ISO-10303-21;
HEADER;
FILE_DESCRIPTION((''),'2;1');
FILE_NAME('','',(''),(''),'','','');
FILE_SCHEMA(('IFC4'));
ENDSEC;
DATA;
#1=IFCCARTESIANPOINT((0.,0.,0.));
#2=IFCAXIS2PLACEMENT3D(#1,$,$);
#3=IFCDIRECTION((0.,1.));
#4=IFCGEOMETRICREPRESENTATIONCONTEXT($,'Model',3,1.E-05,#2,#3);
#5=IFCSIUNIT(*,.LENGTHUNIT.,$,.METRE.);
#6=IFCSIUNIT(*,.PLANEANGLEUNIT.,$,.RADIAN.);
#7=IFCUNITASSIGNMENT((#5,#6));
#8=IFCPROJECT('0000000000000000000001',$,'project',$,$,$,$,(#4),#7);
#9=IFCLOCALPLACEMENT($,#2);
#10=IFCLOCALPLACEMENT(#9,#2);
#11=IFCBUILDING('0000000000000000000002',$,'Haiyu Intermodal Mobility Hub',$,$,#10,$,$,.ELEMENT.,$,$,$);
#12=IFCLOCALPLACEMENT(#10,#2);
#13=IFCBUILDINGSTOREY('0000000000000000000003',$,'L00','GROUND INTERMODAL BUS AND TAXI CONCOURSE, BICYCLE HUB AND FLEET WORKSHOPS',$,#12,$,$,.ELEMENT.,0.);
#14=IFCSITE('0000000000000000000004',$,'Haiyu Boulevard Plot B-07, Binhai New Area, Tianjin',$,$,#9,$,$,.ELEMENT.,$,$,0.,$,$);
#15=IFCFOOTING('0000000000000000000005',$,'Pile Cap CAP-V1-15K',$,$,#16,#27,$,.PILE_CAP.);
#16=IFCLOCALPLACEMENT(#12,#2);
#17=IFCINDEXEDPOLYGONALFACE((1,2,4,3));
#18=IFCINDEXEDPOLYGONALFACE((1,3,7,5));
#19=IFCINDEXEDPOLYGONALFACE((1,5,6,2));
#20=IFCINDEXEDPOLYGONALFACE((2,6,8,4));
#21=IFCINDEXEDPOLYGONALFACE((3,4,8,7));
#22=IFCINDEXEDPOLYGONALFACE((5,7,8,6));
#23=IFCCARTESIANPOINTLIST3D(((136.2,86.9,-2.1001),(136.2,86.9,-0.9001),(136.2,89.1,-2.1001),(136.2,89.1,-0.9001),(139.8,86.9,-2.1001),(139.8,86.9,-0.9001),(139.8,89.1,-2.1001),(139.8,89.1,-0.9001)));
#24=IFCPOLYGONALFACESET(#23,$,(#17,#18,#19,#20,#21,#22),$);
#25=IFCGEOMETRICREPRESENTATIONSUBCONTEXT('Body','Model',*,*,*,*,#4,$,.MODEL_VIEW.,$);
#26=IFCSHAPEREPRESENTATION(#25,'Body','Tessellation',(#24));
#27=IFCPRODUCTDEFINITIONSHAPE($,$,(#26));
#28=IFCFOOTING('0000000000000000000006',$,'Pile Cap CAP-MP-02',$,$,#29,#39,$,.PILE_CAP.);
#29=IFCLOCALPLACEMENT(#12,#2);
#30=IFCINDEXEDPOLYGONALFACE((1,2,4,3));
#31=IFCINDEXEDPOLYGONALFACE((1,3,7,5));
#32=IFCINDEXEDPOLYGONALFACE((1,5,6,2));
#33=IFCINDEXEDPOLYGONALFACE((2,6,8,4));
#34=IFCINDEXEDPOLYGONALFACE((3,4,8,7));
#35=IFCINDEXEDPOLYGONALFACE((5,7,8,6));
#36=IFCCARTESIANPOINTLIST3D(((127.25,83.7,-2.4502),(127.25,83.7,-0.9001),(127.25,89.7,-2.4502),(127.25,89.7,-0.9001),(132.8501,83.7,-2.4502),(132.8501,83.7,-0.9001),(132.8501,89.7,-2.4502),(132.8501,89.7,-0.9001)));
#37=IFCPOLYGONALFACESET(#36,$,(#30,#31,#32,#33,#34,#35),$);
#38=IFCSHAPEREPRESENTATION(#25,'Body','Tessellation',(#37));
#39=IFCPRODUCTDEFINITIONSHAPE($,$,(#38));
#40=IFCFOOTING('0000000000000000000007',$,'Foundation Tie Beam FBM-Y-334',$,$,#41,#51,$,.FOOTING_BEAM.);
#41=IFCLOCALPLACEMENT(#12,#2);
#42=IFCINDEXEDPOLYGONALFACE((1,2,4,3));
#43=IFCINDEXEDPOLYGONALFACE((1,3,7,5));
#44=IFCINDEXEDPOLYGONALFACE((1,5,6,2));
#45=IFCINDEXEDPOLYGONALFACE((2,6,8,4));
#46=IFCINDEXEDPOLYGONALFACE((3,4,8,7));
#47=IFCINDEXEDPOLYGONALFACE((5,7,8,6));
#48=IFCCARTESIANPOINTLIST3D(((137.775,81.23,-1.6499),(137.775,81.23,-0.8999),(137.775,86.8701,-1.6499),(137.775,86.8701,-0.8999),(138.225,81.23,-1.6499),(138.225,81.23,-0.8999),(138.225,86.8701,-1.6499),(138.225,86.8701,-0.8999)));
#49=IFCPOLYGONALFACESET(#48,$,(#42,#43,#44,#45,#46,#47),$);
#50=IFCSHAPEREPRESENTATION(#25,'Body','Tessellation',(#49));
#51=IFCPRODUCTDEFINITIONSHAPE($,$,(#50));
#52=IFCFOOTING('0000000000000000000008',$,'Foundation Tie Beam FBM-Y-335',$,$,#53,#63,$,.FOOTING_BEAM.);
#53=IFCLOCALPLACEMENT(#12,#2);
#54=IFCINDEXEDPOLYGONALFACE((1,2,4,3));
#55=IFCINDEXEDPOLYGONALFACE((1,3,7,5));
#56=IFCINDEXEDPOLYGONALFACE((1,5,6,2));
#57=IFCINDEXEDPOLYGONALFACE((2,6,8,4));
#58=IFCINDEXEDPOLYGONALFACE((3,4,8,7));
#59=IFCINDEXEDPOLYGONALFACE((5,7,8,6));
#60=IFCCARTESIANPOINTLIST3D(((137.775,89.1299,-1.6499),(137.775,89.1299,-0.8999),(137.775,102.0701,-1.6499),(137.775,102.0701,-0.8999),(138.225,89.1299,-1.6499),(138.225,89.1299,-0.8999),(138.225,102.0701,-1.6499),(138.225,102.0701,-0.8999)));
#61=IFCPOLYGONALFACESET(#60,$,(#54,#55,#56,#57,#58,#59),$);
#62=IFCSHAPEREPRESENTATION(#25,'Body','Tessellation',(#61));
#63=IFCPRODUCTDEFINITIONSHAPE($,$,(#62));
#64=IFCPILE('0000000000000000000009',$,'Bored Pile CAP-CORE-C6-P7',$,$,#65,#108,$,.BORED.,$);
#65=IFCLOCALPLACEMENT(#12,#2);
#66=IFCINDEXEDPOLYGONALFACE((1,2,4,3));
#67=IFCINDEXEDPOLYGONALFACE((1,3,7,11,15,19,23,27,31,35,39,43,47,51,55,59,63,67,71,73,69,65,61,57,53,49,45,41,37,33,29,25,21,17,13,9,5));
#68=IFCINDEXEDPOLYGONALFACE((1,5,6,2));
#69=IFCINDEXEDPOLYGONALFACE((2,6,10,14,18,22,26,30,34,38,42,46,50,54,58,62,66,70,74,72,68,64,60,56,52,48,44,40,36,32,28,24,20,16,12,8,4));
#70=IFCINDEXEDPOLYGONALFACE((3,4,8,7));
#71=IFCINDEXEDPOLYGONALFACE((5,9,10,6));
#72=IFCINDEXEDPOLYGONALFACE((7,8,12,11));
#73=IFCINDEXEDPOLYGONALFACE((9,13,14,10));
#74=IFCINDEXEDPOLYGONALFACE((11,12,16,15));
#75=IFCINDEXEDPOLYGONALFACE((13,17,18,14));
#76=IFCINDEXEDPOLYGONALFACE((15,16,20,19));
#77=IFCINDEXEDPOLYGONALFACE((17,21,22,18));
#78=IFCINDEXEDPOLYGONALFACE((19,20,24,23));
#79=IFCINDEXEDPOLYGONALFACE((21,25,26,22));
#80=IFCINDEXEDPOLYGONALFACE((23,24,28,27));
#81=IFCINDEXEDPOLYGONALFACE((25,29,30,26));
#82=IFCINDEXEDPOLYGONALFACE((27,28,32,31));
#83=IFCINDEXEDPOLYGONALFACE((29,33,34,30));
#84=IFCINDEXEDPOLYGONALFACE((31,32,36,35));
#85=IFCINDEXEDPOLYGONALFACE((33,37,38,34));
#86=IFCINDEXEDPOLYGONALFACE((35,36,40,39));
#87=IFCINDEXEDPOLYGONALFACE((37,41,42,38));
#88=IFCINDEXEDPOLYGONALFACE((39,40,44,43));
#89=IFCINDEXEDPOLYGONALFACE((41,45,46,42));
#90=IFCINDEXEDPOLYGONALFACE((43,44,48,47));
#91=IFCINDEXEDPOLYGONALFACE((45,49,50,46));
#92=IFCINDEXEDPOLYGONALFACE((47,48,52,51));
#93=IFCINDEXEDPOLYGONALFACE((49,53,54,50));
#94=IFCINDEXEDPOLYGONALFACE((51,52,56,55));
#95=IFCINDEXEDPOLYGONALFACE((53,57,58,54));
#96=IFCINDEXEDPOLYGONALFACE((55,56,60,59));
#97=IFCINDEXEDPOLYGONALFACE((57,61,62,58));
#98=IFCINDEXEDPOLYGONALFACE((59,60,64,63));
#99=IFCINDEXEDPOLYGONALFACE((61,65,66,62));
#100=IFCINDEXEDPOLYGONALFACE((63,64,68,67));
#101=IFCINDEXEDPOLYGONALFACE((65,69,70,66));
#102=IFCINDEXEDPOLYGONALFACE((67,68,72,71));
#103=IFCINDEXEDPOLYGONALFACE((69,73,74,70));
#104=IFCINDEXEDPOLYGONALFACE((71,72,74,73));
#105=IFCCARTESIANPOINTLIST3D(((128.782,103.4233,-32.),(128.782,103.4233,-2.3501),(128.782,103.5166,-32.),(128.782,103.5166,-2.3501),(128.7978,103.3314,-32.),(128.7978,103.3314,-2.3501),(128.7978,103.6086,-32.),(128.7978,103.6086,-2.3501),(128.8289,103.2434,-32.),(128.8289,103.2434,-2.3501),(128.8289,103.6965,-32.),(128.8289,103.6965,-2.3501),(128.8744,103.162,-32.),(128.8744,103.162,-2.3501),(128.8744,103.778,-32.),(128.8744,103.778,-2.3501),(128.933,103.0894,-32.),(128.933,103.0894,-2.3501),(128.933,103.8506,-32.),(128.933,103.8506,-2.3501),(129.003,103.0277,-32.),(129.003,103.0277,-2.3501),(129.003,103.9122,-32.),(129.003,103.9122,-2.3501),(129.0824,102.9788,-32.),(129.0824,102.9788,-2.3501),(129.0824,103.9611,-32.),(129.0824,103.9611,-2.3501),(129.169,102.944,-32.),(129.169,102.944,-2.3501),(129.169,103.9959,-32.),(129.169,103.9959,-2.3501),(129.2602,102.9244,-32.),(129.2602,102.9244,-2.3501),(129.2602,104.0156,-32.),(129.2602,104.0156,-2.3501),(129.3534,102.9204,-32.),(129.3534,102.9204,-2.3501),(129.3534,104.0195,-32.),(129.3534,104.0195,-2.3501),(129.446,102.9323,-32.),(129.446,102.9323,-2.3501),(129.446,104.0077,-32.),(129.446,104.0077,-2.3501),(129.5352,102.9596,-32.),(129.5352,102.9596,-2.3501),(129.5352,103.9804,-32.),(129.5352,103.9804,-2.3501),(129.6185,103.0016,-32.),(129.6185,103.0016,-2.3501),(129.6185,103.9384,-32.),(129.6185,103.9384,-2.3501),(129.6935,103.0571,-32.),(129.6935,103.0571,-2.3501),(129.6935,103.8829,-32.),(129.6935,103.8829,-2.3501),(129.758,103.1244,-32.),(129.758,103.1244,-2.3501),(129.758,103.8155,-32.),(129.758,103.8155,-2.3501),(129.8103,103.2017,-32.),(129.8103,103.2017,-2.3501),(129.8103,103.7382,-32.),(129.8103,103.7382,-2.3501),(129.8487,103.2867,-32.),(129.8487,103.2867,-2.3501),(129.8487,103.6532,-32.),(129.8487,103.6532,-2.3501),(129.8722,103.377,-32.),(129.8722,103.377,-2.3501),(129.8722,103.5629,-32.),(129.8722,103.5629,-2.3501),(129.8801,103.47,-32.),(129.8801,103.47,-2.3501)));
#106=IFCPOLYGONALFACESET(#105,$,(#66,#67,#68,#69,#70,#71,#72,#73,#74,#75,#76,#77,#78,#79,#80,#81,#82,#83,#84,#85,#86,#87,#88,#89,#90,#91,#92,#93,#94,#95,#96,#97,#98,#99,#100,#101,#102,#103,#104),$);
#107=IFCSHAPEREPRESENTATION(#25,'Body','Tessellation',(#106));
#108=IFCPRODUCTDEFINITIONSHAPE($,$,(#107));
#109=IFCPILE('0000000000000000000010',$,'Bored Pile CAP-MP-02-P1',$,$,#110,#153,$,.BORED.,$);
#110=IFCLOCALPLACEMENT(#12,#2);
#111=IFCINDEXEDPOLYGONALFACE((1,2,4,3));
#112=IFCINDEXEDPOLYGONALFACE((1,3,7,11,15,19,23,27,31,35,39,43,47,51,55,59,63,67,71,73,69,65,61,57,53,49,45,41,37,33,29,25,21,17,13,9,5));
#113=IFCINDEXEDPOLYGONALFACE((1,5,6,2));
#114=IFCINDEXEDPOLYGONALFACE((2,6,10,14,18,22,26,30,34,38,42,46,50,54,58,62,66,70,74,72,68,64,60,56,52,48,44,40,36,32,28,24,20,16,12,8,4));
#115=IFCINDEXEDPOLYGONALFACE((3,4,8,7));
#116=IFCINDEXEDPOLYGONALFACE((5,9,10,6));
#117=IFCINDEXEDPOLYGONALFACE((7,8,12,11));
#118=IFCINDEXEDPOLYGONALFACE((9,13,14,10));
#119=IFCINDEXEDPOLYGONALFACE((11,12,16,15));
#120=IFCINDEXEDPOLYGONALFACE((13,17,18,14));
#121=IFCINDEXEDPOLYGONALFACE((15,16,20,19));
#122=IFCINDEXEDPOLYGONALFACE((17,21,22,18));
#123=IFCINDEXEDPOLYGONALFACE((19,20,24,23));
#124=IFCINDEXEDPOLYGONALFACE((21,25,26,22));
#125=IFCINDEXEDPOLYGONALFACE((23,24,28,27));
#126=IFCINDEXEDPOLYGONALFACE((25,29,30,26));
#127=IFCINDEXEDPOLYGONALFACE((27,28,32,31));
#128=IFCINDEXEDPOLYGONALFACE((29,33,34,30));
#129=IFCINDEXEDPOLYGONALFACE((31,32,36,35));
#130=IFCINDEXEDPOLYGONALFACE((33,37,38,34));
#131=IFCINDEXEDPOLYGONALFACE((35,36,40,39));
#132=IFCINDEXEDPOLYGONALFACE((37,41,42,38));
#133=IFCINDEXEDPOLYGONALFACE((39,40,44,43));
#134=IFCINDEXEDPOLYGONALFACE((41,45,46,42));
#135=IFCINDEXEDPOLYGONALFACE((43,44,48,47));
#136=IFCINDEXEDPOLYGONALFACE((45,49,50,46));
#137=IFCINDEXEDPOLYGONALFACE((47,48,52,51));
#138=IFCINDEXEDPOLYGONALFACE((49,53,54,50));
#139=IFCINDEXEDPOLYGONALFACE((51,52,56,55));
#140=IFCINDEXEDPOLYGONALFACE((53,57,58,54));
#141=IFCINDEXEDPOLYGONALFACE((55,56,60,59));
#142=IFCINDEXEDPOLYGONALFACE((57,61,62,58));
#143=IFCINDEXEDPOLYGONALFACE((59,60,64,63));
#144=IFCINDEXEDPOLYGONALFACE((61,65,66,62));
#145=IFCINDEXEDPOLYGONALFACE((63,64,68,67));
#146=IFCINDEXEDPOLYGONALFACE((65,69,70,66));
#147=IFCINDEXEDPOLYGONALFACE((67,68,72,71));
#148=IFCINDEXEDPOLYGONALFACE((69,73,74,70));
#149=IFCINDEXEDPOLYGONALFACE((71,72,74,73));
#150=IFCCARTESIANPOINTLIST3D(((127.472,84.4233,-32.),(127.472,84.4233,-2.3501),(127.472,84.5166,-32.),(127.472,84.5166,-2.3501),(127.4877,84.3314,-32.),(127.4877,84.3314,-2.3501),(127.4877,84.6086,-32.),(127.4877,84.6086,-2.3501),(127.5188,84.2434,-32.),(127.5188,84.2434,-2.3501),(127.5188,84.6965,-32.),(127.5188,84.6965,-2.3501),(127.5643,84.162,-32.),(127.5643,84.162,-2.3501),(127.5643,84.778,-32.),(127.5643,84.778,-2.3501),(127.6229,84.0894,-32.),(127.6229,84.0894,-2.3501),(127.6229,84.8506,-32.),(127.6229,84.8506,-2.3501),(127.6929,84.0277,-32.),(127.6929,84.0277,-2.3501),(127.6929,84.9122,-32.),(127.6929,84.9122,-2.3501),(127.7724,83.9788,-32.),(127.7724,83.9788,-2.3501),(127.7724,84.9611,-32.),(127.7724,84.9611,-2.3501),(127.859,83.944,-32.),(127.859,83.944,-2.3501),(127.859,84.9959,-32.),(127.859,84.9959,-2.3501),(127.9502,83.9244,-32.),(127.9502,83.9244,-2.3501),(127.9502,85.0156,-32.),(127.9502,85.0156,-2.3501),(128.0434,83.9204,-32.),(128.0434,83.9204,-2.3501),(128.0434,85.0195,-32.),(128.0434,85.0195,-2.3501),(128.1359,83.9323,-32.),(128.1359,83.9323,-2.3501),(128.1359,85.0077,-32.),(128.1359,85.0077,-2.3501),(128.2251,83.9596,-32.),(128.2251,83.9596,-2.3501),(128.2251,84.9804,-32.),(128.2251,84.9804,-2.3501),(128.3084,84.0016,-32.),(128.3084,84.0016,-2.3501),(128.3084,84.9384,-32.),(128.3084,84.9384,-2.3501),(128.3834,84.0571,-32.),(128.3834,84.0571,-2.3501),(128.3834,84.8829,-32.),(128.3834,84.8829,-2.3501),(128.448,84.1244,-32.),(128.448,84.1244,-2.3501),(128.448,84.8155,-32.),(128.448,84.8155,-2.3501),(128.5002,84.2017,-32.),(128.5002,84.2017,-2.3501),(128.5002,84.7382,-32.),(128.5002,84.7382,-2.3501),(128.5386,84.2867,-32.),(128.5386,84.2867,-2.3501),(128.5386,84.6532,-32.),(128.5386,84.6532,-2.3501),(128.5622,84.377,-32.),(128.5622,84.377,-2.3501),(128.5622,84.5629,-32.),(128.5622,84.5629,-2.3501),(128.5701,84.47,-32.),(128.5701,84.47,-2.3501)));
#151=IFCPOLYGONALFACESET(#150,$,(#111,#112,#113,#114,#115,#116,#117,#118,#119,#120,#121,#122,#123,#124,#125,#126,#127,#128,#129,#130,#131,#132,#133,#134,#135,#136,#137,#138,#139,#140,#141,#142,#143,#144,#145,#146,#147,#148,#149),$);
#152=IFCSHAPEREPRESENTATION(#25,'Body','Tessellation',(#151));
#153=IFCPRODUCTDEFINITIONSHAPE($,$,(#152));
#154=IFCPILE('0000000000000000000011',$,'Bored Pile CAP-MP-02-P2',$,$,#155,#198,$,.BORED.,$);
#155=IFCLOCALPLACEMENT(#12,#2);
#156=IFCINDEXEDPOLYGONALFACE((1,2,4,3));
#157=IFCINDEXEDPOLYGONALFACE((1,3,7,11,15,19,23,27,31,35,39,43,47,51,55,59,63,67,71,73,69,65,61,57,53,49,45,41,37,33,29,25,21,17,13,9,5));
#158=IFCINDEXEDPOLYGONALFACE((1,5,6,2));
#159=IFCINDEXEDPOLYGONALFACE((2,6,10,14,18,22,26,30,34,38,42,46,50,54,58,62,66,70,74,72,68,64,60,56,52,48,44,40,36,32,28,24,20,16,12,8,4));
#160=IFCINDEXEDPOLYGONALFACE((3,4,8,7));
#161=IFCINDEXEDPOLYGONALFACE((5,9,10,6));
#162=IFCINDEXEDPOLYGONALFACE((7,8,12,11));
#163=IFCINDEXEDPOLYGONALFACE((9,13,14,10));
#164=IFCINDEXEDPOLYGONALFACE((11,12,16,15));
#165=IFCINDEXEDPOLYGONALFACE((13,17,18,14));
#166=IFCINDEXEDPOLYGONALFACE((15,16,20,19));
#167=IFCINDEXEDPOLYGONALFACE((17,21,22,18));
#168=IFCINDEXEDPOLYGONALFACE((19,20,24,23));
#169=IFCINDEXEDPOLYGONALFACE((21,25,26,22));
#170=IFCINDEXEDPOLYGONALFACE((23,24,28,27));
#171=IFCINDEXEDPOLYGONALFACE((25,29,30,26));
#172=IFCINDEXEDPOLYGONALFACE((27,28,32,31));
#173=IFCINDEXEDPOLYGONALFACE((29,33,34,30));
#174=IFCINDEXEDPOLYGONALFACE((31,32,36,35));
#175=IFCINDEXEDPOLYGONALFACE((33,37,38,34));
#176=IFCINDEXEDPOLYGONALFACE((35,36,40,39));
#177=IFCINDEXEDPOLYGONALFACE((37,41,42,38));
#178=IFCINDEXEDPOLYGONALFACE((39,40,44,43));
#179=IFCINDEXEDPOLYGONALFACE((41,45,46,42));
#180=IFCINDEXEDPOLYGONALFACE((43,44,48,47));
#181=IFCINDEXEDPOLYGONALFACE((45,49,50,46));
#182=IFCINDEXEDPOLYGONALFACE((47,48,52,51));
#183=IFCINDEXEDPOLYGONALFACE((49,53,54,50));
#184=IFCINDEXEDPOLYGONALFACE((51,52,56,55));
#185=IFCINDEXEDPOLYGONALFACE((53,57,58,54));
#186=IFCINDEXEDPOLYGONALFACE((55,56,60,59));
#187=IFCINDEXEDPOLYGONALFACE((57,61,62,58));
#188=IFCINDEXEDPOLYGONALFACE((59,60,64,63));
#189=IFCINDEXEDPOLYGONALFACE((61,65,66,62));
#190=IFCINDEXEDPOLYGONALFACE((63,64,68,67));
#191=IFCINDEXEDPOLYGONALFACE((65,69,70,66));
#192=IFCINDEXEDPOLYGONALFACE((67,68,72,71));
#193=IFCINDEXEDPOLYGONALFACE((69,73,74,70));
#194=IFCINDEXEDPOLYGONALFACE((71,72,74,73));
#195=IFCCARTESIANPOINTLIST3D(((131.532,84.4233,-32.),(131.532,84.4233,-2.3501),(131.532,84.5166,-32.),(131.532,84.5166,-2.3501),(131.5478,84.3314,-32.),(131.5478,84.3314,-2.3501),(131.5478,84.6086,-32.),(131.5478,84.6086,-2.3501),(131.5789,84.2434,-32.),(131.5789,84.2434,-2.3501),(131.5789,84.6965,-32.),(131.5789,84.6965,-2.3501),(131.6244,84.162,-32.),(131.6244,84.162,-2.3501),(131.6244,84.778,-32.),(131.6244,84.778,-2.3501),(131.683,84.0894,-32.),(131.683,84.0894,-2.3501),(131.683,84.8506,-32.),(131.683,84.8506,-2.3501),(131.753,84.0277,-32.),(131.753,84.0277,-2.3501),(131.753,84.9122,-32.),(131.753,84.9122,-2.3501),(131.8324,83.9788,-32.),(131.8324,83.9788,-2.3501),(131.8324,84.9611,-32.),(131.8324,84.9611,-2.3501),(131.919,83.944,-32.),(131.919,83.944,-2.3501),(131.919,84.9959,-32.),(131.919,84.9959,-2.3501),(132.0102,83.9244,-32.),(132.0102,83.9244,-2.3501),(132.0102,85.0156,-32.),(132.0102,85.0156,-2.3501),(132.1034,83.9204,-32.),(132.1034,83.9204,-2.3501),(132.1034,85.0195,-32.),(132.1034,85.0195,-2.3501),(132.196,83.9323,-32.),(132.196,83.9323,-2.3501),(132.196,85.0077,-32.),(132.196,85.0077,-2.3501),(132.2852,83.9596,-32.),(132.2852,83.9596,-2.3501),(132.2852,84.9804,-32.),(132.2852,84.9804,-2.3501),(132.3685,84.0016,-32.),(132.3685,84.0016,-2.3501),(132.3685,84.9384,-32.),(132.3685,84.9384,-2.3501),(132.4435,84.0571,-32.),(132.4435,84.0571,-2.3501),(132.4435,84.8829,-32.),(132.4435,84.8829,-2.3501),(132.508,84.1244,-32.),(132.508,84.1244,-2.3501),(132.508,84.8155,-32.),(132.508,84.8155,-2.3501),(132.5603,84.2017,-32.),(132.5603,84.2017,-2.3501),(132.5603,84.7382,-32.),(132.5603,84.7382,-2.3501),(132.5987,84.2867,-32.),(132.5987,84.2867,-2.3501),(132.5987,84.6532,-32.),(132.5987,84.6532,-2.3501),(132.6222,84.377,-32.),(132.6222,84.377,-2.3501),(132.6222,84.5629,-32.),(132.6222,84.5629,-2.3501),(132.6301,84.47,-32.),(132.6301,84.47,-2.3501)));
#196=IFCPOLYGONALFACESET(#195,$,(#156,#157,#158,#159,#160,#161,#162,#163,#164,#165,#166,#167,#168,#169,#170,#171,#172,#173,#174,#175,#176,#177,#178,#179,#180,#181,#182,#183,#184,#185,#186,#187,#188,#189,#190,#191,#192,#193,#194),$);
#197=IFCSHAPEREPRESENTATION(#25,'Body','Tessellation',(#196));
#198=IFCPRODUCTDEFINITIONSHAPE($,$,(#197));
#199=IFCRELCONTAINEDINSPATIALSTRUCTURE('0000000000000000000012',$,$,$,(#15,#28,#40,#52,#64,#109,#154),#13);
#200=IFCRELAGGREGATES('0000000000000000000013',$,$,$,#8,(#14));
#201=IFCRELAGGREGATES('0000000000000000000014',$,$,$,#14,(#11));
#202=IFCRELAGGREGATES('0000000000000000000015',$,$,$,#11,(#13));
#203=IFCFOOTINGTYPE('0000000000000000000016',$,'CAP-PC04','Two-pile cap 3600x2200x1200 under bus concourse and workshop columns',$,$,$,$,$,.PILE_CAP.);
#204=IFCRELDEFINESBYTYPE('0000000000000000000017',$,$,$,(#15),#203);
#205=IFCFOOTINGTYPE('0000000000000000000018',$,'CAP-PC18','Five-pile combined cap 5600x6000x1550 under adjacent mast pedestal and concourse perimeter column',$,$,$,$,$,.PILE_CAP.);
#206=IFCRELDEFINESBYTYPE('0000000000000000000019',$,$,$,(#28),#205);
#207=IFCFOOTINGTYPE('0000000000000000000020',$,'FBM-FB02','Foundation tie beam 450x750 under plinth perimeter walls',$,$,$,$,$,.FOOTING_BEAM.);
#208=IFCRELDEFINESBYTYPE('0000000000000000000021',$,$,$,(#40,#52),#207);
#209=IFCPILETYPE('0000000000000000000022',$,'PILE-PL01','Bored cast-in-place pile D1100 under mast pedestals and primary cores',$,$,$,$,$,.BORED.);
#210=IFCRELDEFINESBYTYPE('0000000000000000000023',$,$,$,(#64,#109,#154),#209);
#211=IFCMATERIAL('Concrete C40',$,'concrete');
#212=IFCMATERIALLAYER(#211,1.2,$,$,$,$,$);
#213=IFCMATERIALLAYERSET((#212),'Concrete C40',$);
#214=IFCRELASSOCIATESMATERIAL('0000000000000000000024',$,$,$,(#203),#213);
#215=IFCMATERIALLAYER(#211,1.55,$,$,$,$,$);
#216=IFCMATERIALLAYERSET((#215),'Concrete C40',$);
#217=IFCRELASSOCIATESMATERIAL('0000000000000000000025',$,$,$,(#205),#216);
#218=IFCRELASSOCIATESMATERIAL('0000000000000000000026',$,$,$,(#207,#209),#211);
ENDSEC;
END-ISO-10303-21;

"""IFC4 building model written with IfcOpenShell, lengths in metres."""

from ifc_helpers import new_model, si_unit, direction, frame, origin, origin_2d, place, context, subcontext, project, spatial, rectangle, circle, extrude, material, layer, layer_set, material_profile, profile_set, type_object, element, save


model = new_model("IFC4")

# Units and contexts
model_context = context("Model", 3, precision=1e-05, world=origin(), true_north=direction((0.0, 1.0)))
body_context = subcontext(model_context, "Body", "Model", "MODEL_VIEW")
ifc_project = project(units=[si_unit("LENGTHUNIT", "METRE"), si_unit("PLANEANGLEUNIT", "RADIAN")], contexts=[model_context])

# Site, building, storey
site_placement = place(None, origin())
site = spatial("IfcSite", under=ifc_project, at=site_placement, Name="Haiyu Boulevard Plot B-07, Binhai New Area, Tianjin", CompositionType="ELEMENT", RefElevation=0.0)
building_placement = place(site_placement, origin())
building = spatial("IfcBuilding", under=site, at=building_placement, Name="Haiyu Intermodal Mobility Hub", CompositionType="ELEMENT")
storey_placement = place(building_placement, origin())
storey = spatial("IfcBuildingStorey", under=building, at=storey_placement, Name="L00", Description="GROUND INTERMODAL BUS AND TAXI CONCOURSE, BICYCLE HUB AND FLEET WORKSHOPS", CompositionType="ELEMENT", Elevation=0.0)

# Footings
ifc_material_1 = material(Name="Concrete C40", Category="concrete")
ifc_layer_1 = layer(ifc_material_1, 1.2)
ifc_layer_set_1 = layer_set([ifc_layer_1], Name="Concrete C40")
footing_type_1 = type_object("IfcFootingType", Name="CAP-PC04", Description="Two-pile cap 3600x2200x1200 under bus concourse and workshop columns", PredefinedType="PILE_CAP", material=ifc_layer_set_1)
footing_1_placement = place(storey_placement, frame((138.0, 88.0, -2.1001), z_axis=(0.0, 0.0, 1.0), x_axis=(1.0, 0.0, 0.0)))
element("IfcFooting", 1, at=footing_1_placement, inside=storey, type_object=footing_type_1, Name="Pile Cap CAP-V1-15K", PredefinedType="PILE_CAP", context=body_context, shape_type="SweptSolid", body=[
    extrude(rectangle(XDim=3.6001, YDim=2.2, at=origin_2d()), origin(), (0.0, 0.0, 1.0), 1.2),
])
ifc_layer_2 = layer(ifc_material_1, 1.55)
ifc_layer_set_2 = layer_set([ifc_layer_2], Name="Concrete C40")
footing_type_2 = type_object("IfcFootingType", Name="CAP-PC18", Description="Five-pile combined cap 5600x6000x1550 under adjacent mast pedestal and concourse perimeter column", PredefinedType="PILE_CAP", material=ifc_layer_set_2)
footing_2_placement = place(storey_placement, frame((130.05, 86.7, -2.4502), z_axis=(0.0, 0.0, 1.0), x_axis=(1.0, 0.0, 0.0)))
element("IfcFooting", 2, at=footing_2_placement, inside=storey, type_object=footing_type_2, Name="Pile Cap CAP-MP-02", PredefinedType="PILE_CAP", context=body_context, shape_type="SweptSolid", body=[
    extrude(rectangle(XDim=5.6001, YDim=6.0, at=origin_2d()), origin(), (0.0, 0.0, 1.0), 1.55),
])
ifc_material_profile_1 = material_profile(ifc_material_1, rectangle(XDim=0.45, YDim=0.75, at=origin_2d()), Name="FB450x750")
ifc_profile_set_1 = profile_set([ifc_material_profile_1], Name="Concrete C40")
footing_type_3 = type_object("IfcFootingType", Name="FBM-FB02", Description="Foundation tie beam 450x750 under plinth perimeter walls", PredefinedType="FOOTING_BEAM", material=ifc_profile_set_1)
footing_3_placement = place(storey_placement, frame((138.0, 81.23, -1.2749), z_axis=(0.0, 1.0, 0.0), x_axis=(-1.0, 0.0, 0.0)))
element("IfcFooting", 3, at=footing_3_placement, inside=storey, type_object=footing_type_3, Name="Foundation Tie Beam FBM-Y-334", PredefinedType="FOOTING_BEAM", context=body_context, shape_type="SweptSolid", body=[
    extrude(rectangle(XDim=0.45, YDim=0.75, at=origin_2d()), origin(), (0.0, 0.0, 1.0), 5.6401),
])
footing_4_placement = place(storey_placement, frame((138.0, 89.1299, -1.2749), z_axis=(0.0, 1.0, 0.0), x_axis=(-1.0, 0.0, 0.0)))
element("IfcFooting", 4, at=footing_4_placement, inside=storey, type_object=footing_type_3, Name="Foundation Tie Beam FBM-Y-335", PredefinedType="FOOTING_BEAM", context=body_context, shape_type="SweptSolid", body=[
    extrude(rectangle(XDim=0.45, YDim=0.75, at=origin_2d()), origin(), (0.0, 0.0, 1.0), 12.9402),
])

# Piles
ifc_material_profile_2 = material_profile(ifc_material_1, circle(Radius=0.55, at=origin_2d()), Name="PILE-D1100")
ifc_profile_set_2 = profile_set([ifc_material_profile_2], Name="Concrete C40")
pile_type_1 = type_object("IfcPileType", Name="PILE-PL01", Description="Bored cast-in-place pile D1100 under mast pedestals and primary cores", PredefinedType="BORED", material=ifc_profile_set_2)
for number, where, z_axis, x_axis, name in (
    (5, (129.3301, 103.47, -2.3501), (0.0, 0.0, -1.0), (1.0, 0.0, 0.0), "Bored Pile CAP-CORE-C6-P7"),
    (6, (128.02, 84.47, -2.3501), (0.0, 0.0, -1.0), (1.0, 0.0, 0.0), "Bored Pile CAP-MP-02-P1"),
    (7, (132.0801, 84.47, -2.3501), (0.0, 0.0, -1.0), (1.0, 0.0, 0.0), "Bored Pile CAP-MP-02-P2"),
):
    element("IfcPile", number, at=place(storey_placement, frame(where, z_axis=z_axis, x_axis=x_axis)), inside=storey, type_object=pile_type_1, Name=name, PredefinedType="BORED", context=body_context, shape_type="SweptSolid", body=[
        extrude(circle(Radius=0.55, at=origin_2d()), origin(), (0.0, 0.0, 1.0), 29.6499),
    ])

save(model, "model.ifc")
